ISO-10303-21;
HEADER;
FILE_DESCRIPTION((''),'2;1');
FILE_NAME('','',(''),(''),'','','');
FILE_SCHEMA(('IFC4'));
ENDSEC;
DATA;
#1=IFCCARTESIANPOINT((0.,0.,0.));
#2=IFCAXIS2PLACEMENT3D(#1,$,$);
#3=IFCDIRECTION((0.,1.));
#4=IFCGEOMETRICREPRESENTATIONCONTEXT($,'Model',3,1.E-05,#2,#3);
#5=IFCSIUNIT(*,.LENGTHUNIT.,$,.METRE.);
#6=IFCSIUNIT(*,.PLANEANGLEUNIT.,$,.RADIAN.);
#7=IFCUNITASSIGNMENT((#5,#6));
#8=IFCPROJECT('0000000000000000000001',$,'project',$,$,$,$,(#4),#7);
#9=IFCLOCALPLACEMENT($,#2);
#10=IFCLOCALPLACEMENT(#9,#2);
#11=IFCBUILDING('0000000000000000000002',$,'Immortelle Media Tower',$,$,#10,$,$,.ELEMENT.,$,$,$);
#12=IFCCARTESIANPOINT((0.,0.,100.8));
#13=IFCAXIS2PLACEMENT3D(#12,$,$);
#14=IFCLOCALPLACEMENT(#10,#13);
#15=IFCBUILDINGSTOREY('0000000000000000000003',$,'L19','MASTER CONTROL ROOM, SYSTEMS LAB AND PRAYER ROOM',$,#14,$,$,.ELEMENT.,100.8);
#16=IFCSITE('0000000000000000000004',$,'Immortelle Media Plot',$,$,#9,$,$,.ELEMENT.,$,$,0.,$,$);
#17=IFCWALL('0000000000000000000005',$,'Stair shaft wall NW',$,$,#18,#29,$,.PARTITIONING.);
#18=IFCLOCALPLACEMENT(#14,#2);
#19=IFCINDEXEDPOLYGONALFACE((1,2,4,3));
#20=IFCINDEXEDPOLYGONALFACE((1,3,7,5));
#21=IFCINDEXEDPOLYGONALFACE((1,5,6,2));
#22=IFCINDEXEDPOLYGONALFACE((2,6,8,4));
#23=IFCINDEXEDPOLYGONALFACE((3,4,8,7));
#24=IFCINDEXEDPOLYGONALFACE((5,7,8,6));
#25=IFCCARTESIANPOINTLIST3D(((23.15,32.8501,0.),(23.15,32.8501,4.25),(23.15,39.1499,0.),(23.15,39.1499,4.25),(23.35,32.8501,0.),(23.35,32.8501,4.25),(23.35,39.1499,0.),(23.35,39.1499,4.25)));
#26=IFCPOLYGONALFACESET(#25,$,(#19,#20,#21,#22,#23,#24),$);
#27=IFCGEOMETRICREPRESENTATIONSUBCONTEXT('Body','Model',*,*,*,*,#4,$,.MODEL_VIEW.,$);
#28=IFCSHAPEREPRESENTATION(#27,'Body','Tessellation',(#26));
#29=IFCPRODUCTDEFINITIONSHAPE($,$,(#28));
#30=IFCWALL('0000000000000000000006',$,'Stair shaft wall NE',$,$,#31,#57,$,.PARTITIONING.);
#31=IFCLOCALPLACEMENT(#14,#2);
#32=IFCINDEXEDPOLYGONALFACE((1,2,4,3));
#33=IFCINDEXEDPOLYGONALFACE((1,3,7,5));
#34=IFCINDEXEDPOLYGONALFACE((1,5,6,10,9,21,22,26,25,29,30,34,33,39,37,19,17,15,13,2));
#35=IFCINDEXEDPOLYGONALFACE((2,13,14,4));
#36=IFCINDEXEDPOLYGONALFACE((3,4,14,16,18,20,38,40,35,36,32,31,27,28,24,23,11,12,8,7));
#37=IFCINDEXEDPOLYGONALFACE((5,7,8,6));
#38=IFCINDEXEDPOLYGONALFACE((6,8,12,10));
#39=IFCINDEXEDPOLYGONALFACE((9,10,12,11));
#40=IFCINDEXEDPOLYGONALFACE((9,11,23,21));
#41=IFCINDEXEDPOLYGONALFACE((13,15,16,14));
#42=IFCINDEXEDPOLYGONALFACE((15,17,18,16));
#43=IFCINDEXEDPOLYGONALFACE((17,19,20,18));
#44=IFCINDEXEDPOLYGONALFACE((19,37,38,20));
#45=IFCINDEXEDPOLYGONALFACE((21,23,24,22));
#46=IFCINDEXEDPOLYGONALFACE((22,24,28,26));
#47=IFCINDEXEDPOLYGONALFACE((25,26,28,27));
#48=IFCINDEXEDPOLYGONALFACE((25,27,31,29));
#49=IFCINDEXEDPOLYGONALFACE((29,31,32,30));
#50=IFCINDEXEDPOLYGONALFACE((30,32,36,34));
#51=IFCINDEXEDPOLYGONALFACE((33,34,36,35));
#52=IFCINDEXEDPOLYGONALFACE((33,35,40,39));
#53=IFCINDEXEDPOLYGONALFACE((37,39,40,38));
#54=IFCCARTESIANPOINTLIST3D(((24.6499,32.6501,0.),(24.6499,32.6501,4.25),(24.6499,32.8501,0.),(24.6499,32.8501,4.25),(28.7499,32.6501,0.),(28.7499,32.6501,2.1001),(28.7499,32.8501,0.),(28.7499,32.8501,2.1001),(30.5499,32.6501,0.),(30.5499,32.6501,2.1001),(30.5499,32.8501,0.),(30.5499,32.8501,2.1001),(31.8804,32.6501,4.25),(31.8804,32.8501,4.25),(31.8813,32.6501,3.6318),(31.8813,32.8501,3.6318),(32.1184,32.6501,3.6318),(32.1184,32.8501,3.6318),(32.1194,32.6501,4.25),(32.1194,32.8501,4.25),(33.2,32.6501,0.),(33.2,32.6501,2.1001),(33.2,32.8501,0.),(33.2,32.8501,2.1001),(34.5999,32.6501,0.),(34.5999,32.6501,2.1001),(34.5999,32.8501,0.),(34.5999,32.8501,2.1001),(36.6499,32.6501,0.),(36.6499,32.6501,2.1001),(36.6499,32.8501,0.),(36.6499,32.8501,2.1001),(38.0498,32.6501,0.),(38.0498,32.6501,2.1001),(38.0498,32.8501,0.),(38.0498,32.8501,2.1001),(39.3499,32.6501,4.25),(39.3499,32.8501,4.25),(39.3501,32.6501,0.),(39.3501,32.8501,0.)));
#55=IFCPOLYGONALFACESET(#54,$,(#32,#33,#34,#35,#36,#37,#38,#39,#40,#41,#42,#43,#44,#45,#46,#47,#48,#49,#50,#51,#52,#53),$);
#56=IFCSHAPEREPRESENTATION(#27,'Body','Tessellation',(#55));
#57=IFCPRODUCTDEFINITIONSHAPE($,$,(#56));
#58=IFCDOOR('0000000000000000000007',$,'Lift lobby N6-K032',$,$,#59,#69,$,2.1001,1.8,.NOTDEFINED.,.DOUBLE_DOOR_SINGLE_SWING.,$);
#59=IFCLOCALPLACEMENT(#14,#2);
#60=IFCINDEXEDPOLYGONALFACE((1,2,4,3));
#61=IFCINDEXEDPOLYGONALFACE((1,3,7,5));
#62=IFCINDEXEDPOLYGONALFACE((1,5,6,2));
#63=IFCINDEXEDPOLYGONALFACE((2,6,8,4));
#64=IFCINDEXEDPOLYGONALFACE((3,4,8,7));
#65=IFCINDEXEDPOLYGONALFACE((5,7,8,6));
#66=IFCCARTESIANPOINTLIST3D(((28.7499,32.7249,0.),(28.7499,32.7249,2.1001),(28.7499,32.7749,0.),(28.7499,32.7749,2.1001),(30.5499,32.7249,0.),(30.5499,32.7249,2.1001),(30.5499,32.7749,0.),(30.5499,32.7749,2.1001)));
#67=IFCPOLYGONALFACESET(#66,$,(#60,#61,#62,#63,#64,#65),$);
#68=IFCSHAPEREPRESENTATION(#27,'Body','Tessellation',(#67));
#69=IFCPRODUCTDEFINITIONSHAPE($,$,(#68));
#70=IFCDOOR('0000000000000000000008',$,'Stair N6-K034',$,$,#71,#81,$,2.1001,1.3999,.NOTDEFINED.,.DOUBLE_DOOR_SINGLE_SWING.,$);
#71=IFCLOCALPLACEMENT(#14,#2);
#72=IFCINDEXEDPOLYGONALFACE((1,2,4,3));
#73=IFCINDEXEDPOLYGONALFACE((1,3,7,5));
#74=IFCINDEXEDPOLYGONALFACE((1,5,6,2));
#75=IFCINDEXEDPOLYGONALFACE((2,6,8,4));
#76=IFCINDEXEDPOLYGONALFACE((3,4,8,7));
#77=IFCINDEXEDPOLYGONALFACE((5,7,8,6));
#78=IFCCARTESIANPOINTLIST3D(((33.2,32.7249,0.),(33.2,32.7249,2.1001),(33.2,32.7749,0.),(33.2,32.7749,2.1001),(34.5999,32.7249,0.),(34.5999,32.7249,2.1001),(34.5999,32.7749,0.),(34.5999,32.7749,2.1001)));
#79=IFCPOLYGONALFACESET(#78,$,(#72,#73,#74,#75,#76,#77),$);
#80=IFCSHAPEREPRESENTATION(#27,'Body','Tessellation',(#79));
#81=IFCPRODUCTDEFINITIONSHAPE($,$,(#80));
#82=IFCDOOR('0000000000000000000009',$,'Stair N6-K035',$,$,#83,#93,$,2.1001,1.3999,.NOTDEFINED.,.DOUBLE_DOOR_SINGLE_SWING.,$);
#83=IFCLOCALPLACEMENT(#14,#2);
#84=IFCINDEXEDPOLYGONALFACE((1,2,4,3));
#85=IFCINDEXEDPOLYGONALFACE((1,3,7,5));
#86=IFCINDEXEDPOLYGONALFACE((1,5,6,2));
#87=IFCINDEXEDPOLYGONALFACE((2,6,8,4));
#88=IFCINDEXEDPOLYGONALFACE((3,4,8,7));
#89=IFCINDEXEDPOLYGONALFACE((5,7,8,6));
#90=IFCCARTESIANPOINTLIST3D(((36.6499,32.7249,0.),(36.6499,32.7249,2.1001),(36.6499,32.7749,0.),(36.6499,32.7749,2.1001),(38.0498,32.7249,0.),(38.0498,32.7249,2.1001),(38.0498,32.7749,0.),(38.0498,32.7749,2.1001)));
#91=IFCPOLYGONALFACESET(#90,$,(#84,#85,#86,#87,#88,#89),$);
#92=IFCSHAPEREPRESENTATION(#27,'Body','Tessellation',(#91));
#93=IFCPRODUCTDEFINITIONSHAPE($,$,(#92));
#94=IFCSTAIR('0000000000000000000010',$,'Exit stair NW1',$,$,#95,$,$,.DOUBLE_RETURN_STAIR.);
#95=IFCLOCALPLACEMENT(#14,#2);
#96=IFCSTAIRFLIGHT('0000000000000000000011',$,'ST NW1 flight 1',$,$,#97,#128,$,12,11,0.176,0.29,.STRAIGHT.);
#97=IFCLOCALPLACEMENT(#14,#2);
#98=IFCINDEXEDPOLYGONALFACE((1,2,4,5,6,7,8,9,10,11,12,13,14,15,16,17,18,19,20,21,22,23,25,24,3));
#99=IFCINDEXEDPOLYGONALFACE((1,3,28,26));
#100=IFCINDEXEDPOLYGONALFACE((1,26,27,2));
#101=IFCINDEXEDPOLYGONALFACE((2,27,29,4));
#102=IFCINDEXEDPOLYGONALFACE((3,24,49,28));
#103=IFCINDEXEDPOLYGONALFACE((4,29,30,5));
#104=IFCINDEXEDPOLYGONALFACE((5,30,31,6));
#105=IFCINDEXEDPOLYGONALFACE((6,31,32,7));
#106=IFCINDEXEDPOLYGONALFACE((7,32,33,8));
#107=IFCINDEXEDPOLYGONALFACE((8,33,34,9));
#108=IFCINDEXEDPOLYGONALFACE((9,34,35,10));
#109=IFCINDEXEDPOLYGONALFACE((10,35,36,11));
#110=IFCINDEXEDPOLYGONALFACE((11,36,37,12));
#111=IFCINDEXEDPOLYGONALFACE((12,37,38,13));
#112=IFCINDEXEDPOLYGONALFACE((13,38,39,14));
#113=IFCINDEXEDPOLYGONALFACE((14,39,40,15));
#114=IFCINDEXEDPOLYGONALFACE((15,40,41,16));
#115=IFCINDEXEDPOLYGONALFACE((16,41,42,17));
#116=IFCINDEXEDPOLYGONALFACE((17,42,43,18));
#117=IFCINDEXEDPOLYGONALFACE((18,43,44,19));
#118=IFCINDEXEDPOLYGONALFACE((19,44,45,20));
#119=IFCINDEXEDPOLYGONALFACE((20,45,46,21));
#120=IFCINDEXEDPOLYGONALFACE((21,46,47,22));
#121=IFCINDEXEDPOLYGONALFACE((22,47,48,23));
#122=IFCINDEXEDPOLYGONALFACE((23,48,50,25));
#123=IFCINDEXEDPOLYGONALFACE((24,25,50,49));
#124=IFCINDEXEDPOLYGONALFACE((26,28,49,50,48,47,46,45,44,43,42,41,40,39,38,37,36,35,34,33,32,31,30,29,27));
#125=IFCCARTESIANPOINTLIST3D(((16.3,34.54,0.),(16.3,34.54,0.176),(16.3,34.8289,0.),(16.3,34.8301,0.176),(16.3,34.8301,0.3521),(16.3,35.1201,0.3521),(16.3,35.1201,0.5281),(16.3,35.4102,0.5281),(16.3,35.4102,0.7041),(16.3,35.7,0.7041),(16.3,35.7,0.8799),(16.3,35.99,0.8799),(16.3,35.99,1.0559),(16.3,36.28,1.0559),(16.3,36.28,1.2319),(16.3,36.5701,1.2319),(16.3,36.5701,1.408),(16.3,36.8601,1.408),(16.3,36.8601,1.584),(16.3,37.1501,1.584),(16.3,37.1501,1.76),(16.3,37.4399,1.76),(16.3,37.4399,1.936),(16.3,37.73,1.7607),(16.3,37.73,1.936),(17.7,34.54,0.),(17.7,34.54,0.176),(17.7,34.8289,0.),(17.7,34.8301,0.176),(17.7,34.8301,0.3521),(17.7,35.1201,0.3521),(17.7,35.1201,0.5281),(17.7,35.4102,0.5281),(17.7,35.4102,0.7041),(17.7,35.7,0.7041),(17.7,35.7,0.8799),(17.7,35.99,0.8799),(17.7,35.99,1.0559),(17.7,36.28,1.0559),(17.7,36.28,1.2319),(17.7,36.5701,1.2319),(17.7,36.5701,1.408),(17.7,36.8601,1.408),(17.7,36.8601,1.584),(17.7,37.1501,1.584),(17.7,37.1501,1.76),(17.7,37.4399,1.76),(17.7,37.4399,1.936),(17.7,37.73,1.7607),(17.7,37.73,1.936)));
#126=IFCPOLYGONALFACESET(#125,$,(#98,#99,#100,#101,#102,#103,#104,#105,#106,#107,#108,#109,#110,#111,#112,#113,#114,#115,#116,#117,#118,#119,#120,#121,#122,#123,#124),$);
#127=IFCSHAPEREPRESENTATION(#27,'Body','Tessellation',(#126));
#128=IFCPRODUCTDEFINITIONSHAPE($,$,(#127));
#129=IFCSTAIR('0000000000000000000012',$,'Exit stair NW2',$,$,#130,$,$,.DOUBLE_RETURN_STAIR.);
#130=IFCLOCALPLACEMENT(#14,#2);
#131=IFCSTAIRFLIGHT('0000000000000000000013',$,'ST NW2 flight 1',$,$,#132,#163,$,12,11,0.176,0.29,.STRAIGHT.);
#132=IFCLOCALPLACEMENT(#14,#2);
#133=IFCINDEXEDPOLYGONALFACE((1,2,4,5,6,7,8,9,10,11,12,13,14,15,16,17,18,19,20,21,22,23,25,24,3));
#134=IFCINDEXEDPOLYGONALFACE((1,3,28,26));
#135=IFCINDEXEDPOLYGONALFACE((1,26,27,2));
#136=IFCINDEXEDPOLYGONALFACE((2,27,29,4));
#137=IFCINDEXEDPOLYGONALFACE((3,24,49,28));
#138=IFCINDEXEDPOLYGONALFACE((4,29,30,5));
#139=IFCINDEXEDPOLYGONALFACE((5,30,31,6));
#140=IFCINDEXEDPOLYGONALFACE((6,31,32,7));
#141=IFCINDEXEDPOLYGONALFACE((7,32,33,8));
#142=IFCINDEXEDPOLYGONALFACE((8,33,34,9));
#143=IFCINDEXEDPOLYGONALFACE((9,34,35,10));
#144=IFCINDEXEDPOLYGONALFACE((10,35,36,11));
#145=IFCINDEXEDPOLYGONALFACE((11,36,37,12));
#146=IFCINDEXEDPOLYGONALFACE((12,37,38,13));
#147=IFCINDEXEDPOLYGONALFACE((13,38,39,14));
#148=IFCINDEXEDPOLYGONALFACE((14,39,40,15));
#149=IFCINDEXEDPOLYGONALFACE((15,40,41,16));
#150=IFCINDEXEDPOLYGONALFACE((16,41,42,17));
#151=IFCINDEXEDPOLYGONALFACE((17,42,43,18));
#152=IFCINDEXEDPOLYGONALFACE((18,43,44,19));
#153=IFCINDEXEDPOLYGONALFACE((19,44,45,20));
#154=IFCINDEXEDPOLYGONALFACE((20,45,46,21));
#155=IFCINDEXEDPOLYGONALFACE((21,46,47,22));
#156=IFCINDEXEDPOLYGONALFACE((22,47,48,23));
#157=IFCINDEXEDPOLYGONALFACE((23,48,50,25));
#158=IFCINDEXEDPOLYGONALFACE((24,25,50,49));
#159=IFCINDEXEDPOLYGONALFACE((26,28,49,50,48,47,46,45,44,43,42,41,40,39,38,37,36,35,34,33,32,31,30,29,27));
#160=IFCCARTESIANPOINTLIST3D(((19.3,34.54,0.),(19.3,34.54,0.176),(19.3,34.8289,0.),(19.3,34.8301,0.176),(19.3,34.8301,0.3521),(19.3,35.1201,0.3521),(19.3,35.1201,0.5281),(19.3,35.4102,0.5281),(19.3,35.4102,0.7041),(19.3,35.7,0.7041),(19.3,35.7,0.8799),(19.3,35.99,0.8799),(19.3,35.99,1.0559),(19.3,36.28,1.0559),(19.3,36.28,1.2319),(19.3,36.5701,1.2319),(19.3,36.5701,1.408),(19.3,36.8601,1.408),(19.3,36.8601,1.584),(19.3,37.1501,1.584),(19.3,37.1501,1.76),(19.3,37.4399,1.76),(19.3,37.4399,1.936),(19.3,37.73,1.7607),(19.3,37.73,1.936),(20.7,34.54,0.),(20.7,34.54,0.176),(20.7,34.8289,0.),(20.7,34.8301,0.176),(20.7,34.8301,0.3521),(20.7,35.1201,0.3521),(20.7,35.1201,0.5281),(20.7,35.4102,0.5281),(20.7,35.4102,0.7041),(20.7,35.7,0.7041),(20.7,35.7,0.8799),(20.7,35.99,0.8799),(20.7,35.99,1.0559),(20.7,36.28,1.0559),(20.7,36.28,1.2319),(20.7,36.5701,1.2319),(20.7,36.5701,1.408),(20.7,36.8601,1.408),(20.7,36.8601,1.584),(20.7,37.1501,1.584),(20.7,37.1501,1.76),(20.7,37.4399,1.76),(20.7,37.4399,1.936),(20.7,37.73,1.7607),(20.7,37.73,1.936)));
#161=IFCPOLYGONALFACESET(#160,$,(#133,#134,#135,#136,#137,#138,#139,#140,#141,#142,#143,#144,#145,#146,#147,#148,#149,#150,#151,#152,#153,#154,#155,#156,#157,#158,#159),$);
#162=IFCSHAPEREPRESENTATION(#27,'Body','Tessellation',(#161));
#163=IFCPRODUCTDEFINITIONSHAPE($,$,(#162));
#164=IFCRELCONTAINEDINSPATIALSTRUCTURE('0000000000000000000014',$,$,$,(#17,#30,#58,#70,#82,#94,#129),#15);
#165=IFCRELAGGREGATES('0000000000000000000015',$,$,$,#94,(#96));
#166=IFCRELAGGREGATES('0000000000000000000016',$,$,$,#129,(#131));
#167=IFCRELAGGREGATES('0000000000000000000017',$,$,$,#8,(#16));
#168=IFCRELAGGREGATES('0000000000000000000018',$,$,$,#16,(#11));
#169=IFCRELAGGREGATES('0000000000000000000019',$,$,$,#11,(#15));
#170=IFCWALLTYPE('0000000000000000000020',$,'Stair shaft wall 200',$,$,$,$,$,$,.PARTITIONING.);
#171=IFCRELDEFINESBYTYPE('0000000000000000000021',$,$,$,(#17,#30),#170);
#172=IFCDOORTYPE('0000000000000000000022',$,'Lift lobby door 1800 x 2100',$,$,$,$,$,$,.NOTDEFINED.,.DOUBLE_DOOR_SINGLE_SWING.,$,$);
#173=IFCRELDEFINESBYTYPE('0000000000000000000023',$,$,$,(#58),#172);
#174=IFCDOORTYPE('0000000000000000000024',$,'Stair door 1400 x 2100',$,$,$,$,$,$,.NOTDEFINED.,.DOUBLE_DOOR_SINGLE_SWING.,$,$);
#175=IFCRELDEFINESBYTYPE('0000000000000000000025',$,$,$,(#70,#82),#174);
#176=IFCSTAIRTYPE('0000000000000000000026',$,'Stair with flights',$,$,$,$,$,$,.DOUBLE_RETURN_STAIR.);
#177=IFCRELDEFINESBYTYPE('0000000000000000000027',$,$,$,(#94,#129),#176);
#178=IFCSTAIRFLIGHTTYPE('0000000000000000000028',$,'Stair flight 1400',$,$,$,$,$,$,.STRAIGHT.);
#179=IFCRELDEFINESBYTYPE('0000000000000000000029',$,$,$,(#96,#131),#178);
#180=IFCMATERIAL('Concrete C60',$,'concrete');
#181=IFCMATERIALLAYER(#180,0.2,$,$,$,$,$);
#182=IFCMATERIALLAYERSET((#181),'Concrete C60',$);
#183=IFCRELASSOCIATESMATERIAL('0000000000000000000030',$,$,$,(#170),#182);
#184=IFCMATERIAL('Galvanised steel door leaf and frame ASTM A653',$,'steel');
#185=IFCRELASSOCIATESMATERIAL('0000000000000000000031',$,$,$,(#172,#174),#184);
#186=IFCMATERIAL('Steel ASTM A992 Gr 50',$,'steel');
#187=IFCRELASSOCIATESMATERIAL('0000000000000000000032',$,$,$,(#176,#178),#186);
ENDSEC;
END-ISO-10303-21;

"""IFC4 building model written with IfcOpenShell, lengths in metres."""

from ifc_helpers import new_model, si_unit, direction, frame, frame_2d, origin, place, context, subcontext, project, spatial, polyline, rectangle, outline, extrude, material, layer, layer_set, type_object, element, fill, aggregate, save


model = new_model("IFC4")

# Units and contexts
model_context = context("Model", 3, precision=1e-05, world=origin(), true_north=direction((0.0, 1.0)))
body_context = subcontext(model_context, "Body", "Model", "MODEL_VIEW")
ifc_project = project(units=[si_unit("LENGTHUNIT", "METRE"), si_unit("PLANEANGLEUNIT", "RADIAN")], contexts=[model_context])

# Site, building, storey
site_placement = place(None, origin())
site = spatial("IfcSite", under=ifc_project, at=site_placement, Name="Immortelle Media Plot", CompositionType="ELEMENT", RefElevation=0.0)
building_placement = place(site_placement, origin())
building = spatial("IfcBuilding", under=site, at=building_placement, Name="Immortelle Media Tower", CompositionType="ELEMENT")
storey_placement = place(building_placement, frame((0.0, 0.0, 100.8)))
storey = spatial("IfcBuildingStorey", under=building, at=storey_placement, Name="L19", Description="MASTER CONTROL ROOM, SYSTEMS LAB AND PRAYER ROOM", CompositionType="ELEMENT", Elevation=100.8)

# Shared definitions
ifc_material_1 = material(Name="Steel ASTM A992 Gr 50", Category="steel")

# Wall
ifc_material_2 = material(Name="Concrete C60", Category="concrete")
ifc_layer_1 = layer(ifc_material_2, 0.2)
ifc_layer_set_1 = layer_set([ifc_layer_1], Name="Concrete C60")
wall_type_1 = type_object("IfcWallType", Name="Stair shaft wall 200", PredefinedType="PARTITIONING", material=ifc_layer_set_1)
for number, where, z_axis, x_axis, name in (
    (1, (23.25, 32.8501, 0.0), (0.0, 0.0, 1.0), (0.0, 1.0, 0.0), "Stair shaft wall NW"),
):
    element("IfcWall", number, at=place(storey_placement, frame(where, z_axis=z_axis, x_axis=x_axis)), inside=storey, type_object=wall_type_1, Name=name, PredefinedType="PARTITIONING", context=body_context, shape_type="SweptSolid", body=[
        extrude(rectangle(XDim=6.2998, YDim=0.2, at=frame_2d((3.1499, 0.0))), origin(), (0.0, 0.0, 1.0), 4.25),
    ])

# Wall, openings, doors
wall_1_placement = place(storey_placement, frame((24.6499, 32.75, 0.0), z_axis=(0.0, 0.0, 1.0), x_axis=(1.0, 0.0, 0.0)))
wall_1 = element("IfcWall", 2, at=wall_1_placement, inside=storey, type_object=wall_type_1, Name="Stair shaft wall NE", PredefinedType="PARTITIONING", context=body_context, shape_type="SweptSolid", body=[
    extrude(outline(polyline([(0.0, 0.0), (14.7002, 0.0), (14.7, 4.25), (7.4695, 4.25), (7.4685, 3.6318), (7.2314, 3.6318), (7.2305, 4.25), (0.0, 4.25), (0.0, 0.0)])), frame((0.0, 0.1001, 0.0), z_axis=(0.0, -1.0, 0.0), x_axis=(1.0, 0.0, 0.0)), (0.0, 0.0, 1.0), 0.2),
])
opening_1_placement = place(wall_1_placement, frame((4.1001, 0.0, 0.0)))
opening_1 = element("IfcOpeningElement", 3, at=opening_1_placement, cuts=wall_1, PredefinedType="OPENING", context=body_context, shape_type="SweptSolid", body=[
    extrude(rectangle(XDim=1.8, YDim=2.1001, at=frame_2d((0.8999, 1.05))), frame((0.0, 0.1099, 0.0), z_axis=(0.0, -1.0, 0.0), x_axis=(1.0, 0.0, 0.0)), (0.0, 0.0, 1.0), 0.22),
])
opening_2_placement = place(wall_1_placement, frame((8.55, 0.0, 0.0)))
opening_2 = element("IfcOpeningElement", 4, at=opening_2_placement, cuts=wall_1, PredefinedType="OPENING", context=body_context, shape_type="SweptSolid", body=[
    extrude(rectangle(XDim=1.3999, YDim=2.1001, at=frame_2d((0.7, 1.05))), frame((0.0, 0.1099, 0.0), z_axis=(0.0, -1.0, 0.0), x_axis=(1.0, 0.0, 0.0)), (0.0, 0.0, 1.0), 0.22),
])
opening_3_placement = place(wall_1_placement, frame((12.0, 0.0, 0.0)))
opening_3 = element("IfcOpeningElement", 5, at=opening_3_placement, cuts=wall_1, PredefinedType="OPENING", context=body_context, shape_type="SweptSolid", body=[
    extrude(rectangle(XDim=1.3999, YDim=2.1001, at=frame_2d((0.7, 1.05))), frame((0.0, 0.1099, 0.0), z_axis=(0.0, -1.0, 0.0), x_axis=(1.0, 0.0, 0.0)), (0.0, 0.0, 1.0), 0.22),
])
ifc_material_3 = material(Name="Galvanised steel door leaf and frame ASTM A653", Category="steel")
door_type_1 = type_object("IfcDoorType", Name="Lift lobby door 1800 x 2100", OperationType="DOUBLE_DOOR_SINGLE_SWING", PredefinedType="NOTDEFINED", material=ifc_material_3)
door_1_placement = place(opening_1_placement, origin())
door_1 = element("IfcDoor", 6, at=door_1_placement, inside=storey, type_object=door_type_1, Name="Lift lobby N6-K032", OperationType="DOUBLE_DOOR_SINGLE_SWING", OverallHeight=2.1001, OverallWidth=1.8, PredefinedType="NOTDEFINED", context=body_context, shape_type="SweptSolid", body=[
    extrude(rectangle(XDim=1.8, YDim=2.1001, at=frame_2d((0.8999, 1.05))), frame((0.0, 0.0249, 0.0), z_axis=(0.0, -1.0, 0.0), x_axis=(1.0, 0.0, 0.0)), (0.0, 0.0, 1.0), 0.05),
])
fill(opening_1, door_1)
door_type_2 = type_object("IfcDoorType", Name="Stair door 1400 x 2100", OperationType="DOUBLE_DOOR_SINGLE_SWING", PredefinedType="NOTDEFINED", material=ifc_material_3)
door_2_placement = place(opening_2_placement, origin())
door_2 = element("IfcDoor", 7, at=door_2_placement, inside=storey, type_object=door_type_2, Name="Stair N6-K034", OperationType="DOUBLE_DOOR_SINGLE_SWING", OverallHeight=2.1001, OverallWidth=1.3999, PredefinedType="NOTDEFINED", context=body_context, shape_type="SweptSolid", body=[
    extrude(rectangle(XDim=1.3999, YDim=2.1001, at=frame_2d((0.7, 1.05))), frame((0.0, 0.0249, 0.0), z_axis=(0.0, -1.0, 0.0), x_axis=(1.0, 0.0, 0.0)), (0.0, 0.0, 1.0), 0.05),
])
fill(opening_2, door_2)
door_3_placement = place(opening_3_placement, origin())
door_3 = element("IfcDoor", 8, at=door_3_placement, inside=storey, type_object=door_type_2, Name="Stair N6-K035", OperationType="DOUBLE_DOOR_SINGLE_SWING", OverallHeight=2.1001, OverallWidth=1.3999, PredefinedType="NOTDEFINED", context=body_context, shape_type="SweptSolid", body=[
    extrude(rectangle(XDim=1.3999, YDim=2.1001, at=frame_2d((0.7, 1.05))), frame((0.0, 0.0249, 0.0), z_axis=(0.0, -1.0, 0.0), x_axis=(1.0, 0.0, 0.0)), (0.0, 0.0, 1.0), 0.05),
])
fill(opening_3, door_3)

# Stairs, stair flights
stair_type = type_object("IfcStairType", Name="Stair with flights", PredefinedType="DOUBLE_RETURN_STAIR", material=ifc_material_1)
stair_1_placement = place(storey_placement, origin())
stair_1 = element("IfcStair", 9, at=stair_1_placement, inside=storey, type_object=stair_type, Name="Exit stair NW1", PredefinedType="DOUBLE_RETURN_STAIR")
stair_flight_type = type_object("IfcStairFlightType", Name="Stair flight 1400", PredefinedType="STRAIGHT", material=ifc_material_1)
stair_flight_1_placement = place(storey_placement, frame((17.0, 34.54, 0.0), z_axis=(0.0, 0.0, 1.0), x_axis=(0.0, 1.0, 0.0)))
stair_flight_1 = element("IfcStairFlight", 10, at=stair_flight_1_placement, type_object=stair_flight_type, Name="ST NW1 flight 1", NumberOfRisers=12, NumberOfTreads=11, PredefinedType="STRAIGHT", RiserHeight=0.176, TreadLength=0.29, context=body_context, shape_type="SweptSolid", body=[
    extrude(outline(polyline([(0.0, 0.0), (0.0, 0.176), (0.29, 0.176), (0.29, 0.3521), (0.5801, 0.3521), (0.5801, 0.5281), (0.8701, 0.5281), (0.8701, 0.7041), (1.1599, 0.7041), (1.1599, 0.8799), (1.45, 0.8799), (1.45, 1.0559), (1.74, 1.0559), (1.74, 1.2319), (2.03, 1.2319), (2.03, 1.408), (2.3201, 1.408), (2.3201, 1.584), (2.6101, 1.584), (2.6101, 1.76), (2.8999, 1.76), (2.8999, 1.936), (3.1899, 1.936), (3.1899, 2.1121), (3.1899, 1.7607), (0.2888, 0.0), (0.0, 0.0)])), frame((0.0, 0.7, 0.0), z_axis=(0.0, -1.0, 0.0), x_axis=(1.0, 0.0, 0.0)), (0.0, 0.0, 1.0), 1.3999),
])
aggregate(stair_1, [stair_flight_1])
stair_2_placement = place(storey_placement, origin())
stair_2 = element("IfcStair", 11, at=stair_2_placement, inside=storey, type_object=stair_type, Name="Exit stair NW2", PredefinedType="DOUBLE_RETURN_STAIR")
stair_flight_2_placement = place(storey_placement, frame((20.0, 34.54, 0.0), z_axis=(0.0, 0.0, 1.0), x_axis=(0.0, 1.0, 0.0)))
stair_flight_2 = element("IfcStairFlight", 12, at=stair_flight_2_placement, type_object=stair_flight_type, Name="ST NW2 flight 1", NumberOfRisers=12, NumberOfTreads=11, PredefinedType="STRAIGHT", RiserHeight=0.176, TreadLength=0.29, context=body_context, shape_type="SweptSolid", body=[
    extrude(outline(polyline([(0.0, 0.0), (0.0, 0.176), (0.29, 0.176), (0.29, 0.3521), (0.5801, 0.3521), (0.5801, 0.5281), (0.8701, 0.5281), (0.8701, 0.7041), (1.1599, 0.7041), (1.1599, 0.8799), (1.45, 0.8799), (1.45, 1.0559), (1.74, 1.0559), (1.74, 1.2319), (2.03, 1.2319), (2.03, 1.408), (2.3201, 1.408), (2.3201, 1.584), (2.6101, 1.584), (2.6101, 1.76), (2.8999, 1.76), (2.8999, 1.936), (3.1899, 1.936), (3.1899, 2.1121), (3.1899, 1.7607), (0.2888, 0.0), (0.0, 0.0)])), frame((0.0, 0.7, 0.0), z_axis=(0.0, -1.0, 0.0), x_axis=(1.0, 0.0, 0.0)), (0.0, 0.0, 1.0), 1.3999),
])
aggregate(stair_2, [stair_flight_2])

save(model, "model.ifc")
